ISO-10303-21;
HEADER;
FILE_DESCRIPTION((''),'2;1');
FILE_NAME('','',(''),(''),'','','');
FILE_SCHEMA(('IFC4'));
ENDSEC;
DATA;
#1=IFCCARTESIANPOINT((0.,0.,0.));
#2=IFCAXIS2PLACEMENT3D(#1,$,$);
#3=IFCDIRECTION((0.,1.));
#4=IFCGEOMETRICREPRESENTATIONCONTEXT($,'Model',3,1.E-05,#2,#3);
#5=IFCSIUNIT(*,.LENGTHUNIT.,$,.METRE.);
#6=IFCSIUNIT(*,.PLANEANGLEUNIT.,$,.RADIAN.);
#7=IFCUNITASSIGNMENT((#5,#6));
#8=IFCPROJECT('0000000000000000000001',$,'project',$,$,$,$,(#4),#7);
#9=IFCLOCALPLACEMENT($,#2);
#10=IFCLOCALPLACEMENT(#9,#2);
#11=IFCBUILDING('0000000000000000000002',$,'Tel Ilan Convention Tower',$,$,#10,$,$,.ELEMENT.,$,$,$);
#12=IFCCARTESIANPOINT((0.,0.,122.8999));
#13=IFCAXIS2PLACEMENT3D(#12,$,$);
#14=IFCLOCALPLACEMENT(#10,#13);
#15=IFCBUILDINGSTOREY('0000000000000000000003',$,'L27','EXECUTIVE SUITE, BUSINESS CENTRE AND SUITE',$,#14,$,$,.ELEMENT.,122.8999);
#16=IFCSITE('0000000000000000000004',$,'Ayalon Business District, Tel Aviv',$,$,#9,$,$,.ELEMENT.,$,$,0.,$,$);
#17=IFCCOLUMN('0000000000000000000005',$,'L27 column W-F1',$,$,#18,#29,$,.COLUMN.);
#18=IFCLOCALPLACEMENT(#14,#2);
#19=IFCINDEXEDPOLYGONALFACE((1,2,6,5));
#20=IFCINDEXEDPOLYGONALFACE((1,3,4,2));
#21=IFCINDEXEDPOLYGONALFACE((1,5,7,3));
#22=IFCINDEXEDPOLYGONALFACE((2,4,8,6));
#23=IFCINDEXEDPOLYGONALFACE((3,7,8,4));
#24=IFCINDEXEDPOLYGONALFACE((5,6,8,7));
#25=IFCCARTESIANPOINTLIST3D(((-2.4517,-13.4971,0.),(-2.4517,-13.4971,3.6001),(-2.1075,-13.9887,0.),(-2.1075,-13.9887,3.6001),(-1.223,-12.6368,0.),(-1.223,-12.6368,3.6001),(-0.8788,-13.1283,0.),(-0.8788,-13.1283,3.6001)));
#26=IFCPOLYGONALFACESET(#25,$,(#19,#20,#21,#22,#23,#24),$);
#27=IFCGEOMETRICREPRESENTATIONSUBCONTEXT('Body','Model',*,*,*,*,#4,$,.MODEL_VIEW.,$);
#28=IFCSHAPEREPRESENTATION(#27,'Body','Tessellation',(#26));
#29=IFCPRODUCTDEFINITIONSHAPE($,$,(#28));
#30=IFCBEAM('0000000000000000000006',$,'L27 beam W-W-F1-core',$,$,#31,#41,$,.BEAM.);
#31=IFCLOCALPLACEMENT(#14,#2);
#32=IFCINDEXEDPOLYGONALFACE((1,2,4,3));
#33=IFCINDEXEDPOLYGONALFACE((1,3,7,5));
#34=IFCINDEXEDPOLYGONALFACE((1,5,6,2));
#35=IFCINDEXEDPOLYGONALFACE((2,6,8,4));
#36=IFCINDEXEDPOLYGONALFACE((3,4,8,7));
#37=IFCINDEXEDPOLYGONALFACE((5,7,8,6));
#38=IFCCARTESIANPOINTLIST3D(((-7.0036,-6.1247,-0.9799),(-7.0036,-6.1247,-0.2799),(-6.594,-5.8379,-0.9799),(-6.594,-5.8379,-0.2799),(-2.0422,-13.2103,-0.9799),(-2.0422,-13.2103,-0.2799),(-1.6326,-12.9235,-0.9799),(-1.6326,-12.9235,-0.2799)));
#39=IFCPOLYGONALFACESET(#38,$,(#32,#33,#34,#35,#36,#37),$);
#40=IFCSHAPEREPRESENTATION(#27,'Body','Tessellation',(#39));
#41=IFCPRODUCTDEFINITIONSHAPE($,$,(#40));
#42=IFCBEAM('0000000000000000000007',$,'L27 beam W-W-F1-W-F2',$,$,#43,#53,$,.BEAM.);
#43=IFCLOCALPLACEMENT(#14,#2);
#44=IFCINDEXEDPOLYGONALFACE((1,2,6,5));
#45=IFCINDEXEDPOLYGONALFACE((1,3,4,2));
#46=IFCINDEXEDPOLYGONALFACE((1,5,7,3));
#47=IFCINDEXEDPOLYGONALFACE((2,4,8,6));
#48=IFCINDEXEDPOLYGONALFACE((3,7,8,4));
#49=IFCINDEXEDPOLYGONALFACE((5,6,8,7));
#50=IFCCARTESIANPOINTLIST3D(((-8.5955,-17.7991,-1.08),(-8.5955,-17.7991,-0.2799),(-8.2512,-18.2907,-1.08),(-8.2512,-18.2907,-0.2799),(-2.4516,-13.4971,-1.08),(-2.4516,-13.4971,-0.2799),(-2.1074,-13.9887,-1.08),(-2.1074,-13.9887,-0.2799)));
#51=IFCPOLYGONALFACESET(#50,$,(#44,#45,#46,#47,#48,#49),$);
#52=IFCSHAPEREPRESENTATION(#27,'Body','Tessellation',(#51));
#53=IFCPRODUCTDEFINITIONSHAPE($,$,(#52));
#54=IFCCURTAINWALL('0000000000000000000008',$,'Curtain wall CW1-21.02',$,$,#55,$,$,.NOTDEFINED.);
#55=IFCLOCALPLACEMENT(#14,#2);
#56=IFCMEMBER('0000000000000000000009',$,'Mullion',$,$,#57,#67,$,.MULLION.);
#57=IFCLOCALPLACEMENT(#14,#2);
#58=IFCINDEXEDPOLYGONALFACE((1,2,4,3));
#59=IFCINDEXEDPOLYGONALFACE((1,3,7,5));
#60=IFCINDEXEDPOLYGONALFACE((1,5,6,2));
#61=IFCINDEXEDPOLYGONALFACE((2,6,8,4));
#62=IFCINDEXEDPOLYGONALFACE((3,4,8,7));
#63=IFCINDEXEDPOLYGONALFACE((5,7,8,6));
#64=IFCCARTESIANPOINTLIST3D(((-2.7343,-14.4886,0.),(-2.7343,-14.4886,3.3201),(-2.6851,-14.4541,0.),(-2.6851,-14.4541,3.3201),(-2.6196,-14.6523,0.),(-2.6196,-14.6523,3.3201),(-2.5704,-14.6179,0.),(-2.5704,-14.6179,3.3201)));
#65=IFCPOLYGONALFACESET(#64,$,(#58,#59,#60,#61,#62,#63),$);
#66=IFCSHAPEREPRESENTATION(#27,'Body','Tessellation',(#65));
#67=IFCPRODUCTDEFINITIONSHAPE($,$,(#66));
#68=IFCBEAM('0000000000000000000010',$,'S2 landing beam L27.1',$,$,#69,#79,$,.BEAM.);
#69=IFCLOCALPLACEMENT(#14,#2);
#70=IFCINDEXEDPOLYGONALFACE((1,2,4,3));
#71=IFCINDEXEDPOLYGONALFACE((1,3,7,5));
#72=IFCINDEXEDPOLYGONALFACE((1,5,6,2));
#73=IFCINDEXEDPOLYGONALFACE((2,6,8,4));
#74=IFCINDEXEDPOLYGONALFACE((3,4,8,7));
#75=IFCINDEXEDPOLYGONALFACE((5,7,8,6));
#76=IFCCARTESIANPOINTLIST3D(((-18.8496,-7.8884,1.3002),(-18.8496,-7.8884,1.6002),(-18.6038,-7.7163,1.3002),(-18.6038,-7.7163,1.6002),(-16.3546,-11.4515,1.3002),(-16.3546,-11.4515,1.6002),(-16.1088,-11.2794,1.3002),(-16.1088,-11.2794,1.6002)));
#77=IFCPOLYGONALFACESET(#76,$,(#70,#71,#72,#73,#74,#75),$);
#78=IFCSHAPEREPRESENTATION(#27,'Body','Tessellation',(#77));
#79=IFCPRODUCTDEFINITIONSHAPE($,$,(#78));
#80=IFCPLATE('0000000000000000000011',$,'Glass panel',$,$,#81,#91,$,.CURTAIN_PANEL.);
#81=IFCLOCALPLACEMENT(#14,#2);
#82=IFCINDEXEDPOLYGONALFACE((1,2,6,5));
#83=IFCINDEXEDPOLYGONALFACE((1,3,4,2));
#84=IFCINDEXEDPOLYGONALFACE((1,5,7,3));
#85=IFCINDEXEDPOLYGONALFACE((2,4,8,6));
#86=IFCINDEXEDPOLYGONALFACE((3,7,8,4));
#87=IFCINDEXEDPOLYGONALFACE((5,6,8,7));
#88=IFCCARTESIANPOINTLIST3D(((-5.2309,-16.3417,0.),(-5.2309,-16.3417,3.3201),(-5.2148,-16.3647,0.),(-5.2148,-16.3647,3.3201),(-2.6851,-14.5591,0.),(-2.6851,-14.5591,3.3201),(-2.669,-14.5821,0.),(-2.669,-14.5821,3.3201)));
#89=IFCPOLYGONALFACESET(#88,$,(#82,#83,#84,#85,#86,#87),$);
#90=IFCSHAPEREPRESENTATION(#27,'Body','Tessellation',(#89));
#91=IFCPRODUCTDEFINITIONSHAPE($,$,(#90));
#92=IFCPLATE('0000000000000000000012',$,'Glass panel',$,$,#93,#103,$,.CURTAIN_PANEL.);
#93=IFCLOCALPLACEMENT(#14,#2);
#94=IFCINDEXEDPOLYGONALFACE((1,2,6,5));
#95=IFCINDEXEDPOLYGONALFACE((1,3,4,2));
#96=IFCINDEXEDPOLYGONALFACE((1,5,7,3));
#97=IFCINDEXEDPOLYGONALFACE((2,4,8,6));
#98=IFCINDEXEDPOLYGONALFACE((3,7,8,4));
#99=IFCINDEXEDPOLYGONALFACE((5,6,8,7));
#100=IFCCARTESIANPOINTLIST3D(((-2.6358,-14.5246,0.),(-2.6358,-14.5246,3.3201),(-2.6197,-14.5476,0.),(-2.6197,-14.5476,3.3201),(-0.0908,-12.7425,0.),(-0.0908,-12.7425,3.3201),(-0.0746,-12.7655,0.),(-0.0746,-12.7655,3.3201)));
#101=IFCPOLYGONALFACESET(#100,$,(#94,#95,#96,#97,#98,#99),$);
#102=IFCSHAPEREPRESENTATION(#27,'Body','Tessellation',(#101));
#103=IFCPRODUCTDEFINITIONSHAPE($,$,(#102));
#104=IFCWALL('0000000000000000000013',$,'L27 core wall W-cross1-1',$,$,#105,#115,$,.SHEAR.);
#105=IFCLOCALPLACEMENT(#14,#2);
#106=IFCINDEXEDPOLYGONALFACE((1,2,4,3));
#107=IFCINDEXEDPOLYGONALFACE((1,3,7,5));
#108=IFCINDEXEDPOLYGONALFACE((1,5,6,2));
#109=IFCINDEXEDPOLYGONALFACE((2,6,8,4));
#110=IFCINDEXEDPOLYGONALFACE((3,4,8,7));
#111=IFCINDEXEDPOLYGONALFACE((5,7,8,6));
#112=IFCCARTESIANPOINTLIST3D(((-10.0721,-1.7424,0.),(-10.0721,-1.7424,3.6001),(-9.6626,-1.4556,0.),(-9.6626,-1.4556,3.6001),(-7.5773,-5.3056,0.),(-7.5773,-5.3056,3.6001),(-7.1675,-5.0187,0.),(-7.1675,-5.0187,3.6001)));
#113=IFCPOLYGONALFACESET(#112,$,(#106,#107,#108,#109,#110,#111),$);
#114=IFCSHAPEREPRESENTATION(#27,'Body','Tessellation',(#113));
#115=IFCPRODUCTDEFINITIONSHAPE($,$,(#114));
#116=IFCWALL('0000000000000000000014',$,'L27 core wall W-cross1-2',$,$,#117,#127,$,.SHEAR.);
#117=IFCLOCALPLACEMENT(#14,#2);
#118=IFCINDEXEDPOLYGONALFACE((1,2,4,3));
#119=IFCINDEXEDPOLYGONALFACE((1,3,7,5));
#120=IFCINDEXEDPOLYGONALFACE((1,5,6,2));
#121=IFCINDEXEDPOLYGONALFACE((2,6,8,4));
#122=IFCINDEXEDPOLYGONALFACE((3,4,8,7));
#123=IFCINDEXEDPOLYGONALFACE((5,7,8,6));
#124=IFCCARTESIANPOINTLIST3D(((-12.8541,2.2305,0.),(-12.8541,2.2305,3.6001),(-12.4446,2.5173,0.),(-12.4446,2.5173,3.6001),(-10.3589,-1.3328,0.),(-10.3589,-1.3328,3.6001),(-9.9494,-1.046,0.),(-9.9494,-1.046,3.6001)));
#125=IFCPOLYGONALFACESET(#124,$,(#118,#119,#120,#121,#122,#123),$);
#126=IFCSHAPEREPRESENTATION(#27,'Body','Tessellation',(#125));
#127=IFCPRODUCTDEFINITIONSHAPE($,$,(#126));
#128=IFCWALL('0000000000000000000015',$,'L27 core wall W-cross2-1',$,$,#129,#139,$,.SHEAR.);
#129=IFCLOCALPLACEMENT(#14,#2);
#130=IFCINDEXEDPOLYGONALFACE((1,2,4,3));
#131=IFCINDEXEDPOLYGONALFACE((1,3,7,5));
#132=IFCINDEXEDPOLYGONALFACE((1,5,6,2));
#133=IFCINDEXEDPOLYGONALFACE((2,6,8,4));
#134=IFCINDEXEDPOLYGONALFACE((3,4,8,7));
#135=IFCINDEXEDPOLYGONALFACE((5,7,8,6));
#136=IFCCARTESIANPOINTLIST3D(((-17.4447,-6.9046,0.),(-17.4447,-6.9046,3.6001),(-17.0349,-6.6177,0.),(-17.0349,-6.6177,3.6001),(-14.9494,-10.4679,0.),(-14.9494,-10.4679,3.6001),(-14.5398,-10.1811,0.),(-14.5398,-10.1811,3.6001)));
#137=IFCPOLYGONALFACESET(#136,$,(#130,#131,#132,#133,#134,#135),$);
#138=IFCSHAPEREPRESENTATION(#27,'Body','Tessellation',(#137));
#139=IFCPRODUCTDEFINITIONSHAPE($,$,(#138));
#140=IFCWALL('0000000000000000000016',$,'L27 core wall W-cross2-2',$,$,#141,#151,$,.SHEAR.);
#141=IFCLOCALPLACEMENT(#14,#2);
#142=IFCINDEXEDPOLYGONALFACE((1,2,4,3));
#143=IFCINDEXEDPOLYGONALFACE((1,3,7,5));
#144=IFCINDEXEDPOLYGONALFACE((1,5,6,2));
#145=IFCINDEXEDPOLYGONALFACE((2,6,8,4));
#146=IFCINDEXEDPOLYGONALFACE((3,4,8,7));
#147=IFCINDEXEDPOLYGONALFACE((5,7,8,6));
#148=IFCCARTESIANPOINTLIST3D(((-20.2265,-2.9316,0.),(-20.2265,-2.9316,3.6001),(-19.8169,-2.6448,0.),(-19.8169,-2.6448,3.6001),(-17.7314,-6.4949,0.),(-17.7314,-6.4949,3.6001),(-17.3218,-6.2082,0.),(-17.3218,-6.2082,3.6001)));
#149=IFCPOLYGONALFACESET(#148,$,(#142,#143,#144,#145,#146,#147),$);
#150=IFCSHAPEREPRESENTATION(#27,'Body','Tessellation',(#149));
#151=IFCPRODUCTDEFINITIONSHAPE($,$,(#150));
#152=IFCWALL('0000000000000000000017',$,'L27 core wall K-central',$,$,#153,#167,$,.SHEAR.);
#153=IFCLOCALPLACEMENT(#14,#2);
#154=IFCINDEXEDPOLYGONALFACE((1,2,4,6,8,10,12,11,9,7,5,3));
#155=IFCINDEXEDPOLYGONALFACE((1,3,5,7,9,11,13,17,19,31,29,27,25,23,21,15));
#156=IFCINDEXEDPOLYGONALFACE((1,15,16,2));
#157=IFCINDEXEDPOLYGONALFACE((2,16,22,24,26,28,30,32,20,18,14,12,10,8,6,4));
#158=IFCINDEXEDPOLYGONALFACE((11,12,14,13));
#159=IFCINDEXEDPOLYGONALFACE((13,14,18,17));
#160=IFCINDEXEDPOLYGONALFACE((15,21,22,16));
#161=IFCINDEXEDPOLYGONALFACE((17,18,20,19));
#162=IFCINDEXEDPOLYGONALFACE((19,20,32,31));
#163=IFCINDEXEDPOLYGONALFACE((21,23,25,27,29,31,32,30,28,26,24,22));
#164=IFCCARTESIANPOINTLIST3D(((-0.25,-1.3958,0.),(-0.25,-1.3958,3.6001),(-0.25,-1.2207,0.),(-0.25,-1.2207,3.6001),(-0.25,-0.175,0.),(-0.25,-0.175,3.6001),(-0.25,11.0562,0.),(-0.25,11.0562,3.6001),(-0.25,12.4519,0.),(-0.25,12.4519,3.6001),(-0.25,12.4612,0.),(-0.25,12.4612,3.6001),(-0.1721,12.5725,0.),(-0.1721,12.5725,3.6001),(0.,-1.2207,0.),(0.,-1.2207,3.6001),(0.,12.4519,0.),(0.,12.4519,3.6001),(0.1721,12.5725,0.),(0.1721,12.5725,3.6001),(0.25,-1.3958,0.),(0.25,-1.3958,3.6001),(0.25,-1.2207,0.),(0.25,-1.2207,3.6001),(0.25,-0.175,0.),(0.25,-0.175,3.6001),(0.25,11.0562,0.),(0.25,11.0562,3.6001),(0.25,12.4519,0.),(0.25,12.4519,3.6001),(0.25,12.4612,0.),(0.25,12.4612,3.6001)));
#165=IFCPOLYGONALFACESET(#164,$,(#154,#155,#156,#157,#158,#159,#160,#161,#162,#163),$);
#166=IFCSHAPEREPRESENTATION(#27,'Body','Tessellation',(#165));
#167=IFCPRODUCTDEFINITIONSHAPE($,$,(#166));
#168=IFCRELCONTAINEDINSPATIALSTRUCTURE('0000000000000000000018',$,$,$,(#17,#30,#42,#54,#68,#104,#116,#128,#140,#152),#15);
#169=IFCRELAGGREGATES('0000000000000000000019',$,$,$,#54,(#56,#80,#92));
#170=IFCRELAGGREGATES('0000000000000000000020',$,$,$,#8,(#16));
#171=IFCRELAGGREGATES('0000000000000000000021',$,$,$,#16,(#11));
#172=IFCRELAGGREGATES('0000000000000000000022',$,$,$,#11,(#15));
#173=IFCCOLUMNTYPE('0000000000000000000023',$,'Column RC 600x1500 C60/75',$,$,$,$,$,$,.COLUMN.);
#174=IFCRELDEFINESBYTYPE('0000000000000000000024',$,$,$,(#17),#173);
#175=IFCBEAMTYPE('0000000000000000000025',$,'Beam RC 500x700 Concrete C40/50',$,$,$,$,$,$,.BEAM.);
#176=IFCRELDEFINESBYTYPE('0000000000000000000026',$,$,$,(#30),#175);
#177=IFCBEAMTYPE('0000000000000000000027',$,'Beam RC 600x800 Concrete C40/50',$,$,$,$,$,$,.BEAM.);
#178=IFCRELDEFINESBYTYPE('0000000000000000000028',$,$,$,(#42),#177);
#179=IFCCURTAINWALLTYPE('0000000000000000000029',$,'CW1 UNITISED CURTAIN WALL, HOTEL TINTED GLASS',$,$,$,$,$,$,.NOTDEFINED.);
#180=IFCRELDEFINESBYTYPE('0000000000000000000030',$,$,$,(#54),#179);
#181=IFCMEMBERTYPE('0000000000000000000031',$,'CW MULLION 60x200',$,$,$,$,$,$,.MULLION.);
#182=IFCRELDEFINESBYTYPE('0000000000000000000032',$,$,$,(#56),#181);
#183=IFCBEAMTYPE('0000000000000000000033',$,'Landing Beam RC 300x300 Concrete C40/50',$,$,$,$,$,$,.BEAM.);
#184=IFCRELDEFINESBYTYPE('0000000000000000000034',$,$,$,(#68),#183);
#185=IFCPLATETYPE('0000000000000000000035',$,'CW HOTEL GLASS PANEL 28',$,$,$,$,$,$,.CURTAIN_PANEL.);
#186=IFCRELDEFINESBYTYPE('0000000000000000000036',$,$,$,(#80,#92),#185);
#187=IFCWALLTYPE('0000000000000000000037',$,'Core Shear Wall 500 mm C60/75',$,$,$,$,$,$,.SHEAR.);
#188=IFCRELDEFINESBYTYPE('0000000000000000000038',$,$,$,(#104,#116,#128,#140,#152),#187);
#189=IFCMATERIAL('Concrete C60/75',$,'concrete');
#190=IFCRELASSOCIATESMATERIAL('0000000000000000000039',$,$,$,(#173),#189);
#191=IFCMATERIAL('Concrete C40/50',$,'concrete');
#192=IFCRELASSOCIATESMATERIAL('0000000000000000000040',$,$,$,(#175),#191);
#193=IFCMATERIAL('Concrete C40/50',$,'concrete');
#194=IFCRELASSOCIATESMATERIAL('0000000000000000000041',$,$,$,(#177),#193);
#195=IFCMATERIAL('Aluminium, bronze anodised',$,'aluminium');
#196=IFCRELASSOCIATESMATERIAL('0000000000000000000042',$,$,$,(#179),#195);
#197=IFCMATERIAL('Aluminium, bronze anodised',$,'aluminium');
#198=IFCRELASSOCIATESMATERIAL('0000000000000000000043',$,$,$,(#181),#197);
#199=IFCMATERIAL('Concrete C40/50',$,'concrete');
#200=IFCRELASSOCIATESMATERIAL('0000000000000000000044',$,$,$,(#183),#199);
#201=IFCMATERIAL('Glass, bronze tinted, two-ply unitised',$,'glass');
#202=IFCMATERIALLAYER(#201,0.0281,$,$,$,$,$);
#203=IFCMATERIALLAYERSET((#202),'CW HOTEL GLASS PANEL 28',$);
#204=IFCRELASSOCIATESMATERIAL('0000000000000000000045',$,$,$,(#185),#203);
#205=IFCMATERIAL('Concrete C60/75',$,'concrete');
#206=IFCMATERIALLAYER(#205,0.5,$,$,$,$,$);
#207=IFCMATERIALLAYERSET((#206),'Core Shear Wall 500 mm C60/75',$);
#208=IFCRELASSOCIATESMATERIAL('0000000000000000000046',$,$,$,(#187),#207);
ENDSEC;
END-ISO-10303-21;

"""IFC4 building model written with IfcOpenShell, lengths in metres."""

from ifc_helpers import new_model, si_unit, direction, frame, origin, origin_2d, place, context, subcontext, project, spatial, polyline, rectangle, outline, extrude, material, layer, layer_set, material_profile, profile_set, type_object, element, aggregate, save


model = new_model("IFC4")

# Units and contexts
model_context = context("Model", 3, precision=1e-05, world=origin(), true_north=direction((0.0, 1.0)))
body_context = subcontext(model_context, "Body", "Model", "MODEL_VIEW")
ifc_project = project(units=[si_unit("LENGTHUNIT", "METRE"), si_unit("PLANEANGLEUNIT", "RADIAN")], contexts=[model_context])

# Site, building, storey
site_placement = place(None, origin())
site = spatial("IfcSite", under=ifc_project, at=site_placement, Name="Ayalon Business District, Tel Aviv", CompositionType="ELEMENT", RefElevation=0.0)
building_placement = place(site_placement, origin())
building = spatial("IfcBuilding", under=site, at=building_placement, Name="Tel Ilan Convention Tower", CompositionType="ELEMENT")
storey_placement = place(building_placement, frame((0.0, 0.0, 122.8999)))
storey = spatial("IfcBuildingStorey", under=building, at=storey_placement, Name="L27", Description="EXECUTIVE SUITE, BUSINESS CENTRE AND SUITE", CompositionType="ELEMENT", Elevation=122.8999)

# Column
ifc_material_1 = material(Name="Concrete C60/75", Category="concrete")
ifc_material_profile_1 = material_profile(ifc_material_1, rectangle(XDim=1.5, YDim=0.6001, at=origin_2d()), Name="RC 600x1500")
ifc_profile_set_1 = profile_set([ifc_material_profile_1], Name="Concrete C60/75")
column_type = type_object("IfcColumnType", Name="Column RC 600x1500 C60/75", PredefinedType="COLUMN", material=ifc_profile_set_1)
column_placement = place(storey_placement, frame((-1.6653, -13.3127, 0.0), z_axis=(0.0, 0.0, 1.0), x_axis=(-0.819152, -0.573576, 0.0)))
element("IfcColumn", 1, at=column_placement, inside=storey, type_object=column_type, Name="L27 column W-F1", PredefinedType="COLUMN", context=body_context, shape_type="SweptSolid", body=[
    extrude(rectangle(XDim=1.5, YDim=0.6001, at=origin_2d()), origin(), (0.0, 0.0, 1.0), 3.6001),
])

# Beams
ifc_material_2 = material(Name="Concrete C40/50", Category="concrete")
ifc_material_profile_2 = material_profile(ifc_material_2, rectangle(XDim=0.5, YDim=0.7, at=origin_2d()), Name="RC 500x700")
ifc_profile_set_2 = profile_set([ifc_material_profile_2], Name="Concrete C40/50")
beam_type_1 = type_object("IfcBeamType", Name="Beam RC 500x700 Concrete C40/50", PredefinedType="BEAM", material=ifc_profile_set_2)
beam_1_placement = place(storey_placement, frame((-1.8374, -13.0669, -0.6299), z_axis=(-0.573574, 0.819154, 0.0), x_axis=(-0.819154, -0.573574, 0.0)))
element("IfcBeam", 2, at=beam_1_placement, inside=storey, type_object=beam_type_1, Name="L27 beam W-W-F1-core", PredefinedType="BEAM", context=body_context, shape_type="SweptSolid", body=[
    extrude(rectangle(XDim=0.5, YDim=0.7, at=origin_2d()), origin(), (0.0, 0.0, 1.0), 8.6499),
])
ifc_material_3 = material(Name="Concrete C40/50", Category="concrete")
ifc_material_profile_3 = material_profile(ifc_material_3, rectangle(XDim=0.6001, YDim=0.8, at=origin_2d()), Name="RC 600x800")
ifc_profile_set_3 = profile_set([ifc_material_profile_3], Name="Concrete C40/50")
beam_type_2 = type_object("IfcBeamType", Name="Beam RC 600x800 Concrete C40/50", PredefinedType="BEAM", material=ifc_profile_set_3)
beam_2_placement = place(storey_placement, frame((-2.2795, -13.7429, -0.6799), z_axis=(-0.819148, -0.573582, 0.0), x_axis=(0.573582, -0.819148, 0.0)))
element("IfcBeam", 3, at=beam_2_placement, inside=storey, type_object=beam_type_2, Name="L27 beam W-W-F1-W-F2", PredefinedType="BEAM", context=body_context, shape_type="SweptSolid", body=[
    extrude(rectangle(XDim=0.6001, YDim=0.8, at=origin_2d()), origin(), (0.0, 0.0, 1.0), 7.5002),
])

# Curtain wall, member
ifc_material_4 = material(Name="Aluminium, bronze anodised", Category="aluminium")
curtain_wall_type = type_object("IfcCurtainWallType", Name="CW1 UNITISED CURTAIN WALL, HOTEL TINTED GLASS", PredefinedType="NOTDEFINED", material=ifc_material_4)
curtain_wall_placement = place(storey_placement, origin())
curtain_wall = element("IfcCurtainWall", 4, at=curtain_wall_placement, inside=storey, type_object=curtain_wall_type, Name="Curtain wall CW1-21.02", PredefinedType="NOTDEFINED")
ifc_material_5 = material(Name="Aluminium, bronze anodised", Category="aluminium")
ifc_material_profile_4 = material_profile(ifc_material_5, rectangle(XDim=0.0601, YDim=0.2, at=origin_2d()), Name="CW MULLION 60x200")
ifc_profile_set_4 = profile_set([ifc_material_profile_4], Name="Aluminium, bronze anodised")
member_type = type_object("IfcMemberType", Name="CW MULLION 60x200", PredefinedType="MULLION", material=ifc_profile_set_4)
member_placement = place(storey_placement, frame((-2.6523, -14.5532, 0.0), z_axis=(0.0, 0.0, 1.0), x_axis=(0.819152, 0.573576, 0.0)))
member = element("IfcMember", 5, at=member_placement, type_object=member_type, Name="Mullion", PredefinedType="MULLION", context=body_context, shape_type="SweptSolid", body=[
    extrude(rectangle(XDim=0.0601, YDim=0.2, at=origin_2d()), origin(), (0.0, 0.0, 1.0), 3.3201),
])

# Beam
ifc_material_6 = material(Name="Concrete C40/50", Category="concrete")
ifc_material_profile_5 = material_profile(ifc_material_6, rectangle(XDim=0.3, YDim=0.3, at=origin_2d()), Name="RC 300x300")
ifc_profile_set_5 = profile_set([ifc_material_profile_5], Name="Concrete C40/50")
beam_type_3 = type_object("IfcBeamType", Name="Landing Beam RC 300x300 Concrete C40/50", PredefinedType="BEAM", material=ifc_profile_set_5)
beam_3_placement = place(storey_placement, frame((-16.2317, -11.3655, 1.4502), z_axis=(-0.573594, 0.81914, 0.0), x_axis=(-0.81914, -0.573594, 0.0)))
element("IfcBeam", 6, at=beam_3_placement, inside=storey, type_object=beam_type_3, Name="S2 landing beam L27.1", PredefinedType="BEAM", context=body_context, shape_type="SweptSolid", body=[
    extrude(rectangle(XDim=0.3, YDim=0.3, at=origin_2d()), origin(), (0.0, 0.0, 1.0), 4.3499),
])

# Plates
ifc_material_7 = material(Name="Glass, bronze tinted, two-ply unitised", Category="glass")
ifc_layer_1 = layer(ifc_material_7, 0.0281)
ifc_layer_set_1 = layer_set([ifc_layer_1], Name="CW HOTEL GLASS PANEL 28")
plate_type = type_object("IfcPlateType", Name="CW HOTEL GLASS PANEL 28", PredefinedType="CURTAIN_PANEL", material=ifc_layer_set_1)
plate_1_placement = place(storey_placement, frame((-3.95, -15.4619, 0.0), z_axis=(0.0, 0.0, 1.0), x_axis=(0.819152, 0.573576, 0.0)))
plate_1 = element("IfcPlate", 7, at=plate_1_placement, type_object=plate_type, Name="Glass panel", PredefinedType="CURTAIN_PANEL", context=body_context, shape_type="SweptSolid", body=[
    extrude(rectangle(XDim=3.1079, YDim=0.0281, at=origin_2d()), origin(), (0.0, 0.0, 1.0), 3.3201),
])
plate_2_placement = place(storey_placement, frame((-1.3552, -13.645, 0.0), z_axis=(0.0, 0.0, 1.0), x_axis=(0.819152, 0.573576, 0.0)))
plate_2 = element("IfcPlate", 8, at=plate_2_placement, type_object=plate_type, Name="Glass panel", PredefinedType="CURTAIN_PANEL", context=body_context, shape_type="SweptSolid", body=[
    extrude(rectangle(XDim=3.1069, YDim=0.0281, at=origin_2d()), origin(), (0.0, 0.0, 1.0), 3.3201),
])
aggregate(curtain_wall, [member, plate_1, plate_2])

# Walls
ifc_material_8 = material(Name="Concrete C60/75", Category="concrete")
ifc_layer_2 = layer(ifc_material_8, 0.5)
ifc_layer_set_2 = layer_set([ifc_layer_2], Name="Core Shear Wall 500 mm C60/75")
wall_type_1 = type_object("IfcWallType", Name="Core Shear Wall 500 mm C60/75", PredefinedType="SHEAR", material=ifc_layer_set_2)
wall_1_placement = place(storey_placement, frame((-7.3723, -5.1621, 0.0), z_axis=(0.0, 0.0, 1.0), x_axis=(-0.573594, 0.81914, 0.0)))
element("IfcWall", 9, at=wall_1_placement, inside=storey, type_object=wall_type_1, Name="L27 core wall W-cross1-1", PredefinedType="SHEAR", context=body_context, shape_type="SweptSolid", body=[
    extrude(outline(polyline([(4.3499, 0.25), (0.0, 0.2502), (0.0, -0.25), (4.3499, -0.25), (4.3499, 0.25)])), origin(), (0.0, 0.0, 1.0), 3.6001),
])
wall_2_placement = place(storey_placement, frame((-10.1543, -1.1892, 0.0), z_axis=(0.0, 0.0, 1.0), x_axis=(-0.573594, 0.81914, 0.0)))
element("IfcWall", 10, at=wall_2_placement, inside=storey, type_object=wall_type_1, Name="L27 core wall W-cross1-2", PredefinedType="SHEAR", context=body_context, shape_type="SweptSolid", body=[
    extrude(outline(polyline([(4.3499, -0.25), (4.3499, 0.25), (-0.0002, 0.25), (-0.0002, -0.25), (4.3499, -0.25)])), origin(), (0.0, 0.0, 1.0), 3.6001),
])
wall_3_placement = place(storey_placement, frame((-14.7446, -10.3245, 0.0), z_axis=(0.0, 0.0, 1.0), x_axis=(-0.573568, 0.819158, 0.0)))
element("IfcWall", 11, at=wall_3_placement, inside=storey, type_object=wall_type_1, Name="L27 core wall W-cross2-1", PredefinedType="SHEAR", context=body_context, shape_type="SweptSolid", body=[
    extrude(outline(polyline([(4.3501, 0.2502), (0.0, 0.25), (0.0, -0.25), (4.3501, -0.25), (4.3501, 0.2502)])), origin(), (0.0, 0.0, 1.0), 3.6001),
])
wall_4_placement = place(storey_placement, frame((-17.5266, -6.3516, 0.0), z_axis=(0.0, 0.0, 1.0), x_axis=(-0.57353, 0.819184, 0.0)))
element("IfcWall", 12, at=wall_4_placement, inside=storey, type_object=wall_type_1, Name="L27 core wall W-cross2-2", PredefinedType="SHEAR", context=body_context, shape_type="SweptSolid", body=[
    extrude(outline(polyline([(4.3501, -0.2498), (4.3501, 0.2502), (0.0, 0.25), (0.0, -0.25), (4.3501, -0.2498)])), origin(), (0.0, 0.0, 1.0), 3.6001),
])
wall_5_placement = place(storey_placement, frame((0.0, -1.3958, 0.0), z_axis=(0.0, 0.0, 1.0), x_axis=(0.0, 1.0, 0.0)))
element("IfcWall", 13, at=wall_5_placement, inside=storey, type_object=wall_type_1, Name="L27 core wall K-central", PredefinedType="SHEAR", context=body_context, shape_type="SweptSolid", body=[
    extrude(outline(polyline([(0.0, -0.25), (0.175, -0.25), (1.2207, -0.25), (12.4519, -0.25), (13.8477, -0.25), (13.8569, -0.25), (13.9683, -0.1721), (13.8477, 0.0), (13.9683, 0.1721), (13.8569, 0.25), (13.8477, 0.25), (12.4519, 0.25), (1.2207, 0.25), (0.175, 0.25), (0.0, 0.25), (0.175, 0.0), (0.0, -0.25)])), origin(), (0.0, 0.0, 1.0), 3.6001),
])

save(model, "model.ifc")
